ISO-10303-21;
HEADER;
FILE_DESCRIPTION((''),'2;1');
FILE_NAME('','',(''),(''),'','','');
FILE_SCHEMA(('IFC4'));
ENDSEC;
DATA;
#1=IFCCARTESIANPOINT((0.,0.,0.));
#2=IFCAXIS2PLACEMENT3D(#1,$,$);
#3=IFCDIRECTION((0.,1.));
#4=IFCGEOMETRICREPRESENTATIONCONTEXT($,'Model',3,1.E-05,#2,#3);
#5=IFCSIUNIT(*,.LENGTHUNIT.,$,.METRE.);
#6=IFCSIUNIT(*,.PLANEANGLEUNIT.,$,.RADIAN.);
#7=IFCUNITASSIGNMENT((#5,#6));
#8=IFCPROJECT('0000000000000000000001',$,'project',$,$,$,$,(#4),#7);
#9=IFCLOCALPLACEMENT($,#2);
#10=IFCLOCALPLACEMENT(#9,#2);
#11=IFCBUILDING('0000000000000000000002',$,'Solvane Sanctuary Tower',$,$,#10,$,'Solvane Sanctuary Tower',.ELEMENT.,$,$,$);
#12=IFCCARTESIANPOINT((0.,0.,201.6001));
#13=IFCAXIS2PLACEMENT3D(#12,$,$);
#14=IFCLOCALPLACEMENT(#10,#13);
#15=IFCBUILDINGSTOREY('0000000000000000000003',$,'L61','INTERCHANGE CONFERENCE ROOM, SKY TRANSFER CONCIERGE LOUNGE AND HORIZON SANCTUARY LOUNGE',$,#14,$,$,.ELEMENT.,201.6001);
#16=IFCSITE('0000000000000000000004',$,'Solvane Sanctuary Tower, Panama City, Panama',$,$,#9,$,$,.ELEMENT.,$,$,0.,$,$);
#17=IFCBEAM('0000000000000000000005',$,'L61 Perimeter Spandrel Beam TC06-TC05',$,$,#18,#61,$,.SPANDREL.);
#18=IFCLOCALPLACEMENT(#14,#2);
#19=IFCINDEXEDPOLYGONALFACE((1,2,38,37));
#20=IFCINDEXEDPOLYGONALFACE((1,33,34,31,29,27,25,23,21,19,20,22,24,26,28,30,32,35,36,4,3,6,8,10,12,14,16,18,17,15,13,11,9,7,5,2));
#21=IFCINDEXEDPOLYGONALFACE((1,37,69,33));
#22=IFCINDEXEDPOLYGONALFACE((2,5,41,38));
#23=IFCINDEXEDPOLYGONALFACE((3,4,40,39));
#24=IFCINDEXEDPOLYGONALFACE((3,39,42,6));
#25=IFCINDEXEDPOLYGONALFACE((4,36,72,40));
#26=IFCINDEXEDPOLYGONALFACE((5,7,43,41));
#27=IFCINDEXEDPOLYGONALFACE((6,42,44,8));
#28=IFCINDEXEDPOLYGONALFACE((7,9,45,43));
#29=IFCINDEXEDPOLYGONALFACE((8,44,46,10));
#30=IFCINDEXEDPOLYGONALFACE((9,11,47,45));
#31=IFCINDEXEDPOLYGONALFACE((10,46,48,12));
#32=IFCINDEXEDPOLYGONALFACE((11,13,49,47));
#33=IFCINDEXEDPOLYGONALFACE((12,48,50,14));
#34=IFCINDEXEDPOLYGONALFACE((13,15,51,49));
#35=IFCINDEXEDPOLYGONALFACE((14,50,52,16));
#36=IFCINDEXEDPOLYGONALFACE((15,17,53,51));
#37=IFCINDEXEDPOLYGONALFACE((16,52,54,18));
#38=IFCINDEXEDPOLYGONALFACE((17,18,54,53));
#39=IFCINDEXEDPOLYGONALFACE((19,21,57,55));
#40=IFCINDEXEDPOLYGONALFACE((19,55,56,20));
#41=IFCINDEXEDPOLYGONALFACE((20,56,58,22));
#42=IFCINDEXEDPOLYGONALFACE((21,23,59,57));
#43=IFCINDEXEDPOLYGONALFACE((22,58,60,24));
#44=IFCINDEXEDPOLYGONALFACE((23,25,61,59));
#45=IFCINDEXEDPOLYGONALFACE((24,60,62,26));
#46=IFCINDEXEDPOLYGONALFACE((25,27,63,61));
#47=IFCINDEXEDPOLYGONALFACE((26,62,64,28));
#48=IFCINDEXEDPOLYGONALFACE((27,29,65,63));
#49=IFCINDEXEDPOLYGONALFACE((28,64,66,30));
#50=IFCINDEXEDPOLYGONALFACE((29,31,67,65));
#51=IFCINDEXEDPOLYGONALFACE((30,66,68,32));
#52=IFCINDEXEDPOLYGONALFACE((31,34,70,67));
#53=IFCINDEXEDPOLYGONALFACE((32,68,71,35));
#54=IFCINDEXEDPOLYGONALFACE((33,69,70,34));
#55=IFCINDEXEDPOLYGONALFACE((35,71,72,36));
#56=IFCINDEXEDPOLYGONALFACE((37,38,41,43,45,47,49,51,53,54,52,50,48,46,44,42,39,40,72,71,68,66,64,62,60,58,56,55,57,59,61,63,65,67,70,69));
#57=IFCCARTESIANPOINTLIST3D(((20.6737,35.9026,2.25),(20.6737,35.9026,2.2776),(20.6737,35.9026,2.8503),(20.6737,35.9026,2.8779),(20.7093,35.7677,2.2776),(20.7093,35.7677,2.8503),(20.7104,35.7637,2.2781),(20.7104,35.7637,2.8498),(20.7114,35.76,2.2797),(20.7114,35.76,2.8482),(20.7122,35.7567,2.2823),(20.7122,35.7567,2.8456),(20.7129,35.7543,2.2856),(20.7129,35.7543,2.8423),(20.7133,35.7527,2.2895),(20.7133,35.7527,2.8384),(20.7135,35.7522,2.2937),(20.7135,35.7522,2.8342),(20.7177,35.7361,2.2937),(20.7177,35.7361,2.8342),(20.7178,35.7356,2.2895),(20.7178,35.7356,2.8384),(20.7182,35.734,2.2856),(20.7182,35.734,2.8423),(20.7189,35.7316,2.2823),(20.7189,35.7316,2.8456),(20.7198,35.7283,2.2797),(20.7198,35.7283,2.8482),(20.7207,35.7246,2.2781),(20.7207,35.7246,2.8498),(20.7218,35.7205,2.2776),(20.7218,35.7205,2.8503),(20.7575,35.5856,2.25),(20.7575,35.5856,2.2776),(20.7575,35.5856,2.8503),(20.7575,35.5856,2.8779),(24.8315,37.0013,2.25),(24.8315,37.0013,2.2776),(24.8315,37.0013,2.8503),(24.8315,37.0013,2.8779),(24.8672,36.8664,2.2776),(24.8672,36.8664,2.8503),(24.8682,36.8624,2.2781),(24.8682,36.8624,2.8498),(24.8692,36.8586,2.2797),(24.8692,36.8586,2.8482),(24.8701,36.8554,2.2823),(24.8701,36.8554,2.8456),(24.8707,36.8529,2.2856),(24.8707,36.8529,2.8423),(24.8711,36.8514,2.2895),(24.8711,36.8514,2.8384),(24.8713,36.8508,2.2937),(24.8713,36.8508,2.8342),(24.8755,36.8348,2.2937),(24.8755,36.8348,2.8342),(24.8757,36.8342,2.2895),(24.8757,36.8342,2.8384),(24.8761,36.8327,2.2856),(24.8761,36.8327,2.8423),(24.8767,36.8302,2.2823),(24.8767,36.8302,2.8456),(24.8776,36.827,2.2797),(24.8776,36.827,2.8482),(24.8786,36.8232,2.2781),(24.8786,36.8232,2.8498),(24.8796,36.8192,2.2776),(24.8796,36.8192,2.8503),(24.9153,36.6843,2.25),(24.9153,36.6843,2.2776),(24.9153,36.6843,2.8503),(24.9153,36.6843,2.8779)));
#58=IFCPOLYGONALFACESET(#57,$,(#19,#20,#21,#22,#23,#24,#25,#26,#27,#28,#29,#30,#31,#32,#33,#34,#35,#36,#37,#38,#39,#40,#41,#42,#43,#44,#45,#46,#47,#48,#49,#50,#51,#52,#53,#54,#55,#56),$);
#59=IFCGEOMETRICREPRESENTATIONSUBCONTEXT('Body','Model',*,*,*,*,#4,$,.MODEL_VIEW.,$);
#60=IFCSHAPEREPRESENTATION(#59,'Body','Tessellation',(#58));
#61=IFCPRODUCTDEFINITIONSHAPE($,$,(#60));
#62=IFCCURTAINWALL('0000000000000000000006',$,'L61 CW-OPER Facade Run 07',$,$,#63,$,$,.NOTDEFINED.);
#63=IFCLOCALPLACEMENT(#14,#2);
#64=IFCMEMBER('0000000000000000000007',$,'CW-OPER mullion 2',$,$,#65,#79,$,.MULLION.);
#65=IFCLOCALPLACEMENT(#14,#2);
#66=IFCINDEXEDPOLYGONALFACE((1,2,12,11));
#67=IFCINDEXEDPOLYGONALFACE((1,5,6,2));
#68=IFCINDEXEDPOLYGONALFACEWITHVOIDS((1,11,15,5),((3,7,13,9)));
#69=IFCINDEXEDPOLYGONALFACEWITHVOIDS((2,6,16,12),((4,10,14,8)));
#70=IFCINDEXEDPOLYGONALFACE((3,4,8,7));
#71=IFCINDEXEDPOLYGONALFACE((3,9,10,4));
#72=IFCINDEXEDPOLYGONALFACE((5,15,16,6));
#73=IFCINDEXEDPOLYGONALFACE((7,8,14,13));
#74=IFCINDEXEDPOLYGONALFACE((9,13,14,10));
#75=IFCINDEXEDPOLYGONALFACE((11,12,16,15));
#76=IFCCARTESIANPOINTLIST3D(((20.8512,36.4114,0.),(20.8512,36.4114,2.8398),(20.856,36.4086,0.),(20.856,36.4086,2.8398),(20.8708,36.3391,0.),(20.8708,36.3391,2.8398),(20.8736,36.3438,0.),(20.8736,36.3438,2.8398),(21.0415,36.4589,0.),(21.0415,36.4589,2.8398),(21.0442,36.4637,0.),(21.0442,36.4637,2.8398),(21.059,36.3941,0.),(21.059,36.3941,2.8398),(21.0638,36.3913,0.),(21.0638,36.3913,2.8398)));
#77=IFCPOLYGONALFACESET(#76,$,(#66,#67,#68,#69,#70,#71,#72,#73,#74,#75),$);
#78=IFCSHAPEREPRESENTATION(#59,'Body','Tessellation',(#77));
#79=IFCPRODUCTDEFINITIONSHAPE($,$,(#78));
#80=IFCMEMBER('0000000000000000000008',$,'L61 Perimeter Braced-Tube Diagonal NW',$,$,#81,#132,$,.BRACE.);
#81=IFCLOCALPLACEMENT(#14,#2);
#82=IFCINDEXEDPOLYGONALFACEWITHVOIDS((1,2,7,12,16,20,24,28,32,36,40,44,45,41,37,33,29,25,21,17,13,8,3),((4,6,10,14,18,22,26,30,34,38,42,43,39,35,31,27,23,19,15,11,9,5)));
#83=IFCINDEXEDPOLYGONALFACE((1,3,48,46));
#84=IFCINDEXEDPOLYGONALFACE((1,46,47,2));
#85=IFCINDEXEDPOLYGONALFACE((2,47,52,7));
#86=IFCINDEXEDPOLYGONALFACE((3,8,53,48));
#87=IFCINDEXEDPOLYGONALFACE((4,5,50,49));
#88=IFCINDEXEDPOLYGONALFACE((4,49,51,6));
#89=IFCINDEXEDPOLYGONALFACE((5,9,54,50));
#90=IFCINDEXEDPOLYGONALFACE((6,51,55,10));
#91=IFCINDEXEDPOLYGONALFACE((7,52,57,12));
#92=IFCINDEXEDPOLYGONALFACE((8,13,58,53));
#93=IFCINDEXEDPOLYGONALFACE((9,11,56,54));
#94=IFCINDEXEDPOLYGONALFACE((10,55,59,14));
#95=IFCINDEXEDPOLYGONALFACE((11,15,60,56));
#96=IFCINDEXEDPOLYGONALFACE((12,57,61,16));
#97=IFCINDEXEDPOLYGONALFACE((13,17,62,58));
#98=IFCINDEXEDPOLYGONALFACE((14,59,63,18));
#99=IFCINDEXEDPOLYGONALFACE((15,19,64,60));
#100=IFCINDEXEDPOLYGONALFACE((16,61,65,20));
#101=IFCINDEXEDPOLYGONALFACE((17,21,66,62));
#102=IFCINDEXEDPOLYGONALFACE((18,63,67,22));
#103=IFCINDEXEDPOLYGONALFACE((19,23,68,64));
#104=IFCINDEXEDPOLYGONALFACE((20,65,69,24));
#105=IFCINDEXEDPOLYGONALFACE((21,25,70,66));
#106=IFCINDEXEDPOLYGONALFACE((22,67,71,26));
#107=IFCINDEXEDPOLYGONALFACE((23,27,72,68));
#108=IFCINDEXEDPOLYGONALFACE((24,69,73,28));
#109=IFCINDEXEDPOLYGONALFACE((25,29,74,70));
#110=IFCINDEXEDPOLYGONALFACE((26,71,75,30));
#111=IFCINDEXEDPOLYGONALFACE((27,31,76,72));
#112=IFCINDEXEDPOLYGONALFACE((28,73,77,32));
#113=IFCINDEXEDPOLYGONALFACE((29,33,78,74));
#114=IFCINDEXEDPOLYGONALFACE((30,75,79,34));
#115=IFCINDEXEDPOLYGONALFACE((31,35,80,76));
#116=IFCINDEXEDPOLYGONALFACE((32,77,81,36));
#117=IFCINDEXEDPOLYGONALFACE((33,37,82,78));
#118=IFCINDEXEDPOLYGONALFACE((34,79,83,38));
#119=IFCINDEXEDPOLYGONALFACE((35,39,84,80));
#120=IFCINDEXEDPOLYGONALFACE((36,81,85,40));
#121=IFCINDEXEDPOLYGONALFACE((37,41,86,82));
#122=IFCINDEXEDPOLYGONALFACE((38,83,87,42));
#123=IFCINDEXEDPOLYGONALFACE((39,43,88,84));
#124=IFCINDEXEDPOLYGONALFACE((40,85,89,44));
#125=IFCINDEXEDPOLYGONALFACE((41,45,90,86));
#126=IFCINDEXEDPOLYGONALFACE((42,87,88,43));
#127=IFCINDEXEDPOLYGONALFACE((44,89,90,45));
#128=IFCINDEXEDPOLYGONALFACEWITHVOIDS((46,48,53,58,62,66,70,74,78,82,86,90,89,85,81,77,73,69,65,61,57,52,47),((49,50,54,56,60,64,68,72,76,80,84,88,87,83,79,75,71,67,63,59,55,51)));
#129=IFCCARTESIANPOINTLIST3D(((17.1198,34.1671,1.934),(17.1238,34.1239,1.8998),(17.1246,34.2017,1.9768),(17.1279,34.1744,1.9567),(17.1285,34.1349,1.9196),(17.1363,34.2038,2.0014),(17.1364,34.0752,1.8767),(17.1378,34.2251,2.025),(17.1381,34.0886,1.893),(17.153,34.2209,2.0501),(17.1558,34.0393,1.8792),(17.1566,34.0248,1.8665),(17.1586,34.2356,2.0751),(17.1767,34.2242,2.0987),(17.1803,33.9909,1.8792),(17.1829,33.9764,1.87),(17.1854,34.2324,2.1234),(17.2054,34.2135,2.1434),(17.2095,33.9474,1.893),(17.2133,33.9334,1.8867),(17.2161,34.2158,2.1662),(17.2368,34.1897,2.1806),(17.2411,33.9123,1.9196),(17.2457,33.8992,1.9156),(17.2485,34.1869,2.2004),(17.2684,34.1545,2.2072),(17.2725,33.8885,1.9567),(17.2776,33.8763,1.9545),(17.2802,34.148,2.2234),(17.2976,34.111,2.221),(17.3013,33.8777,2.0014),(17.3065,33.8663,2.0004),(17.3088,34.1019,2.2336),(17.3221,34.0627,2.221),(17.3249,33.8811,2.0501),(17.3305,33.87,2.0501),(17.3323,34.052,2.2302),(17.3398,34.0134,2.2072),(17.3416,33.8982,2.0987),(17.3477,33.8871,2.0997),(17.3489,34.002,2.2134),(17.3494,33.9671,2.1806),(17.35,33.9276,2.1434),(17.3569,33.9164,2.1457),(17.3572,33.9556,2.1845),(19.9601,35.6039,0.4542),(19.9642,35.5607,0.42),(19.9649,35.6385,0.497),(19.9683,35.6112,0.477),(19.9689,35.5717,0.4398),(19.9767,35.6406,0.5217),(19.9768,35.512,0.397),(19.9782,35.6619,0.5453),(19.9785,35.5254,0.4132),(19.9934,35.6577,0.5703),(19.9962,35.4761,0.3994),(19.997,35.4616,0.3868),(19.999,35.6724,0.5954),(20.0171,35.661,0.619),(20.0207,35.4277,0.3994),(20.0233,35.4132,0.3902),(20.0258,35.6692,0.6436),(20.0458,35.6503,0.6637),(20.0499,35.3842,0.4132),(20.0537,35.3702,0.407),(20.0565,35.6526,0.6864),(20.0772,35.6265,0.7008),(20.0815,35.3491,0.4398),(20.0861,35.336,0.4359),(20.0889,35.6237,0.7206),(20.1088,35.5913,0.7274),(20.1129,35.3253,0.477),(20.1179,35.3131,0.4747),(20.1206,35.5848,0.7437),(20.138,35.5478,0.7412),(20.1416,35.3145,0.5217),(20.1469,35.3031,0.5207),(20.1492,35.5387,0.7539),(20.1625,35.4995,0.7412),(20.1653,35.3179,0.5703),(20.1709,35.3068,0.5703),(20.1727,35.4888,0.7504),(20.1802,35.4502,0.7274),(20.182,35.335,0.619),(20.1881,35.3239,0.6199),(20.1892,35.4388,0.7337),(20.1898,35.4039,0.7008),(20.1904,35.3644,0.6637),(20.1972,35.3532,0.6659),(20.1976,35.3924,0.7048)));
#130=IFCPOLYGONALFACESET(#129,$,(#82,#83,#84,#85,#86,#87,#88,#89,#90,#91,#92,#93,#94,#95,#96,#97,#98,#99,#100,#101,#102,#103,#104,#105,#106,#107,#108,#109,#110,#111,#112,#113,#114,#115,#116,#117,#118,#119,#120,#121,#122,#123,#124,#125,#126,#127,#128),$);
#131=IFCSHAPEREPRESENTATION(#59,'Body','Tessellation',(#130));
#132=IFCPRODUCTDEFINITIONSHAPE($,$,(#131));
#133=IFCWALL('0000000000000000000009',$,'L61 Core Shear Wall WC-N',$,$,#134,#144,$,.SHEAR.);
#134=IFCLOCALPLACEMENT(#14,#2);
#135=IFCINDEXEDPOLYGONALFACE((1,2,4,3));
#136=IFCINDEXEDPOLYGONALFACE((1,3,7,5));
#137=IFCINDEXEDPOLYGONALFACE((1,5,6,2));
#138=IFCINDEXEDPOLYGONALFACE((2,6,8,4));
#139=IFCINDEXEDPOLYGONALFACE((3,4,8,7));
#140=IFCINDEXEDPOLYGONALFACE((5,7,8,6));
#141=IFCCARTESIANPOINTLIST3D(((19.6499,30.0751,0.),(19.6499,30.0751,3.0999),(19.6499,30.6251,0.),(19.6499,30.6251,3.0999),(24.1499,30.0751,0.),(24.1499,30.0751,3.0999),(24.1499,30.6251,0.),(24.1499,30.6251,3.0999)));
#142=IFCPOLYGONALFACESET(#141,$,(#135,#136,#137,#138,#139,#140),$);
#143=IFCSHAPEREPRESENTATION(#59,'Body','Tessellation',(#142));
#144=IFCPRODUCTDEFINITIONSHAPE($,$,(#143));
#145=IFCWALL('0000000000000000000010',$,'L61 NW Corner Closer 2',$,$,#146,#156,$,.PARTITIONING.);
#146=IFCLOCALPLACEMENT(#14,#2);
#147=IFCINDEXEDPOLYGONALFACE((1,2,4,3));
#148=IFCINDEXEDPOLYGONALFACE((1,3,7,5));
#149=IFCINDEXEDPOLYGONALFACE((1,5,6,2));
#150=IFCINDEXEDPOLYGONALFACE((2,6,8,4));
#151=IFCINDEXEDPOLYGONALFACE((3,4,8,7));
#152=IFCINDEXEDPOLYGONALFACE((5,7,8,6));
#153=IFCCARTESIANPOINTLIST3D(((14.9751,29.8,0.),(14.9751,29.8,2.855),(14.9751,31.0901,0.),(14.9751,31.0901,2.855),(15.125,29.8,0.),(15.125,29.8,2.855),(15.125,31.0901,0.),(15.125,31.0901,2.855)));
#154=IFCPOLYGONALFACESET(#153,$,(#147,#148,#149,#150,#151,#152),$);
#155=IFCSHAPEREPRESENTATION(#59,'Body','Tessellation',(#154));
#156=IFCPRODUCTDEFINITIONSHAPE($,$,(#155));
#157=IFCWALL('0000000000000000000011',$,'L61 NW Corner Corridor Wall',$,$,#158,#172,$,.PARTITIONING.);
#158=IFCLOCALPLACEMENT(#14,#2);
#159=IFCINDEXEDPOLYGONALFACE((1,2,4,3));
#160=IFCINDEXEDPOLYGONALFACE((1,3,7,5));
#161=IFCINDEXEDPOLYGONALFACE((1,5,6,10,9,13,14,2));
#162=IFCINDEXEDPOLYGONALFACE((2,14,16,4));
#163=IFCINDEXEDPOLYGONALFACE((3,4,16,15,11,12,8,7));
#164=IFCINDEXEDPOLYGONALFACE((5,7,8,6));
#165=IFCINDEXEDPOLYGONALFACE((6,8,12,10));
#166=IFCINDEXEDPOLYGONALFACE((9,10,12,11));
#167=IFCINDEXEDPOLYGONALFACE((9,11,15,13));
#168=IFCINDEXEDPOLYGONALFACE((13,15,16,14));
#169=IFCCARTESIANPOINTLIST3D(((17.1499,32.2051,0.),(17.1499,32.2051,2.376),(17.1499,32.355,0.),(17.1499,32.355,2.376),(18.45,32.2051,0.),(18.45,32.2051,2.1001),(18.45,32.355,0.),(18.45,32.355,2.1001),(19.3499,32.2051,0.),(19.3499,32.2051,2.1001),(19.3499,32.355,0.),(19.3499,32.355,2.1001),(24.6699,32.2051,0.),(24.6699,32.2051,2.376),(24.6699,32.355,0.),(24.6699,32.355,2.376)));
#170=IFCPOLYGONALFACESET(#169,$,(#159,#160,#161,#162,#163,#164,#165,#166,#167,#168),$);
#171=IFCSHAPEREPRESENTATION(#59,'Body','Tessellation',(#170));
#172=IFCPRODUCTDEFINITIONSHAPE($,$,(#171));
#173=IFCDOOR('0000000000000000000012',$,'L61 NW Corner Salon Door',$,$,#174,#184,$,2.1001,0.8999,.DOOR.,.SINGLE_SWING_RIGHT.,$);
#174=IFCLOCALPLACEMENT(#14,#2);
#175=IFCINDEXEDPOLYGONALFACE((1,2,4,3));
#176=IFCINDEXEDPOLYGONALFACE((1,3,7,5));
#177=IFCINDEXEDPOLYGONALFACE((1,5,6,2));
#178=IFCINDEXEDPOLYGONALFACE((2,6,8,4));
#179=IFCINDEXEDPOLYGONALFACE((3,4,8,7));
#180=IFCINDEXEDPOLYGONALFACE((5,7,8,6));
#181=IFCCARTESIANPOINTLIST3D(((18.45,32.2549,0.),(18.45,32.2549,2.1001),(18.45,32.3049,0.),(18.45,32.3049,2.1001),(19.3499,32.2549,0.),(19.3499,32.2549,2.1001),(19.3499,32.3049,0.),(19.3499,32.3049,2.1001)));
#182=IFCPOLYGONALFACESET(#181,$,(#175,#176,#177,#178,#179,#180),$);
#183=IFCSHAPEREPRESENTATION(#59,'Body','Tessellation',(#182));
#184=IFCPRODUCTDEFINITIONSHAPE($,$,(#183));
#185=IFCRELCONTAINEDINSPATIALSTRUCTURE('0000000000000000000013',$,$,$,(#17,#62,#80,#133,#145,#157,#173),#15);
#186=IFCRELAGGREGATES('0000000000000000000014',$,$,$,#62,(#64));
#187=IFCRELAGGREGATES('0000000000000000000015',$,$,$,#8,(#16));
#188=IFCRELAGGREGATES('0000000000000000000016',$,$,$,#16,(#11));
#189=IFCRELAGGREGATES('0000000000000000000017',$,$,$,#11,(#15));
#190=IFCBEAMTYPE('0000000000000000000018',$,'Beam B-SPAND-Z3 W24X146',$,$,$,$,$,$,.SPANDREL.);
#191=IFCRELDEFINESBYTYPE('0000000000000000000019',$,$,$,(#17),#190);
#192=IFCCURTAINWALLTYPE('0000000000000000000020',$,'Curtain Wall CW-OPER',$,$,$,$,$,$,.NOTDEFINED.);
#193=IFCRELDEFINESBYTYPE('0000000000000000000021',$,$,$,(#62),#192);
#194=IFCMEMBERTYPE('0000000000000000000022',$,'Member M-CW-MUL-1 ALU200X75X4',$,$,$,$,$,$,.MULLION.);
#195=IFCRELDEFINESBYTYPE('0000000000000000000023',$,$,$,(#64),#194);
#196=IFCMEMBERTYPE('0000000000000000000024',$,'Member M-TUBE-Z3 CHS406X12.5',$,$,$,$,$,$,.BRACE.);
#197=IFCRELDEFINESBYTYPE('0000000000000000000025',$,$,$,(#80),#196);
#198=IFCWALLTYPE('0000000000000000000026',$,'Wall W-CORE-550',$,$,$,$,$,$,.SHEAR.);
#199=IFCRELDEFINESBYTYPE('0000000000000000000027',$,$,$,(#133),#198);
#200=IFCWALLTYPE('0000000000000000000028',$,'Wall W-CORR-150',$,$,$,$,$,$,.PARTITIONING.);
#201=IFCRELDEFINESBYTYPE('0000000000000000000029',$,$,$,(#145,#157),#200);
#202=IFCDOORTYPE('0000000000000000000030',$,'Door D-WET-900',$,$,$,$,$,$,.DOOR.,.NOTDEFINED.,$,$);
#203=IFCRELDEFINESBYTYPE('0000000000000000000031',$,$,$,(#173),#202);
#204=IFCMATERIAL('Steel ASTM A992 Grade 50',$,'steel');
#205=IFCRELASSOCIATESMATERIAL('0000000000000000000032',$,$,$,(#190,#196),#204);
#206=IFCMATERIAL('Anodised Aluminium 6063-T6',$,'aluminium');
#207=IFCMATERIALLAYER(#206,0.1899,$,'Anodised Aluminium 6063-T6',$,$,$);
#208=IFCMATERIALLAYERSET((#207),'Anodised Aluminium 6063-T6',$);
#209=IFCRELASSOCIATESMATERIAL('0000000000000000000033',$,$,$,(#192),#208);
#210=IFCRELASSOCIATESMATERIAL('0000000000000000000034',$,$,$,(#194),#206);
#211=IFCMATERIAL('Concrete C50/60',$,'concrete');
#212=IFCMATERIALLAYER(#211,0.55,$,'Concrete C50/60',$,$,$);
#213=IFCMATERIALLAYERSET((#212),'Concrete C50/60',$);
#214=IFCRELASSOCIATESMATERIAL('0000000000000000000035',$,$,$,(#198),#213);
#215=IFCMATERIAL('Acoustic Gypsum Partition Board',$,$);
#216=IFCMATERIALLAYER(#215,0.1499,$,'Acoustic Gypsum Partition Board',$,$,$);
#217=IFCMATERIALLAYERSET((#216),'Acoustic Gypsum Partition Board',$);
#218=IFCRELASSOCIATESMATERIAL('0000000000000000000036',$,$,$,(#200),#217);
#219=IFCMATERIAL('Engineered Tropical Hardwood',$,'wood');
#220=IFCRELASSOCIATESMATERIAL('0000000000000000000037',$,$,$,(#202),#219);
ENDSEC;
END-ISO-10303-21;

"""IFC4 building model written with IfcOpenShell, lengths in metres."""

from ifc_helpers import new_model, si_unit, direction, frame, frame_2d, origin, origin_2d, place, context, subcontext, project, spatial, rectangle, hollow_rectangle, hollow_circle, i_section, extrude, material, layer, layer_set, material_profile, profile_set, type_object, element, fill, aggregate, save


model = new_model("IFC4")

# Units and contexts
model_context = context("Model", 3, precision=1e-05, world=origin(), true_north=direction((0.0, 1.0)))
body_context = subcontext(model_context, "Body", "Model", "MODEL_VIEW")
ifc_project = project(units=[si_unit("LENGTHUNIT", "METRE"), si_unit("PLANEANGLEUNIT", "RADIAN")], contexts=[model_context])

# Site, building, storey
site_placement = place(None, origin())
site = spatial("IfcSite", under=ifc_project, at=site_placement, Name="Solvane Sanctuary Tower, Panama City, Panama", CompositionType="ELEMENT", RefElevation=0.0)
building_placement = place(site_placement, origin())
building = spatial("IfcBuilding", under=site, at=building_placement, Name="Solvane Sanctuary Tower", LongName="Solvane Sanctuary Tower", CompositionType="ELEMENT")
storey_placement = place(building_placement, frame((0.0, 0.0, 201.6001)))
storey = spatial("IfcBuildingStorey", under=building, at=storey_placement, Name="L61", Description="INTERCHANGE CONFERENCE ROOM, SKY TRANSFER CONCIERGE LOUNGE AND HORIZON SANCTUARY LOUNGE", CompositionType="ELEMENT", Elevation=201.6001)

# Shared definitions
ifc_material_1 = material(Name="Concrete C50/60", Category="concrete")

# Beam
ifc_material_2 = material(Name="Steel ASTM A992 Grade 50", Category="steel")
ifc_material_profile_1 = material_profile(ifc_material_2, i_section(OverallWidth=0.3279, OverallDepth=0.6279, WebThickness=0.0166, FlangeThickness=0.0276, FilletRadius=0.0161, at=origin_2d()), Name="W24X146")
ifc_profile_set_1 = profile_set([ifc_material_profile_1], Name="Steel ASTM A992 Grade 50")
beam_type_1 = type_object("IfcBeamType", Name="Beam B-SPAND-Z3 W24X146", PredefinedType="SPANDREL", material=ifc_profile_set_1)
beam_1_placement = place(storey_placement, frame((20.7156, 35.7441, 2.564), z_axis=(0.966817, 0.255471, 0.0), x_axis=(-0.255471, 0.966817, 0.0)))
element("IfcBeam", 1, at=beam_1_placement, inside=storey, type_object=beam_type_1, Name="L61 Perimeter Spandrel Beam TC06-TC05", PredefinedType="SPANDREL", context=body_context, shape_type="SweptSolid", body=[
    extrude(i_section(OverallWidth=0.3279, OverallDepth=0.6279, WebThickness=0.0166, FlangeThickness=0.0276, FilletRadius=0.0161, at=origin_2d()), origin(), (0.0, 0.0, 1.0), 4.3005),
])

# Curtain wall, member
ifc_material_3 = material(Name="Anodised Aluminium 6063-T6", Category="aluminium")
ifc_layer_1 = layer(ifc_material_3, 0.1899, Name="Anodised Aluminium 6063-T6")
ifc_layer_set_1 = layer_set([ifc_layer_1], Name="Anodised Aluminium 6063-T6")
curtain_wall_type = type_object("IfcCurtainWallType", Name="Curtain Wall CW-OPER", PredefinedType="NOTDEFINED", material=ifc_layer_set_1)
curtain_wall_placement = place(storey_placement, origin())
curtain_wall = element("IfcCurtainWall", 2, at=curtain_wall_placement, inside=storey, type_object=curtain_wall_type, Name="L61 CW-OPER Facade Run 07", PredefinedType="NOTDEFINED")
ifc_material_profile_2 = material_profile(ifc_material_3, hollow_rectangle(XDim=0.075, YDim=0.2, WallThickness=0.0039, at=origin_2d()), Name="ALU200X75X4")
ifc_profile_set_2 = profile_set([ifc_material_profile_2], Name="Anodised Aluminium 6063-T6")
member_type_1 = type_object("IfcMemberType", Name="Member M-CW-MUL-1 ALU200X75X4", PredefinedType="MULLION", material=ifc_profile_set_2)
member_1_placement = place(storey_placement, frame((20.9575, 36.4014, 0.0), z_axis=(0.0, 0.0, 1.0), x_axis=(0.261468, -0.965212, 0.0)))
member_1 = element("IfcMember", 3, at=member_1_placement, type_object=member_type_1, Name="CW-OPER mullion 2", PredefinedType="MULLION", context=body_context, shape_type="SweptSolid", body=[
    extrude(hollow_rectangle(XDim=0.075, YDim=0.2, WallThickness=0.0039, at=origin_2d()), origin(), (0.0, 0.0, 1.0), 2.8398),
])
aggregate(curtain_wall, [member_1])

# Member
ifc_material_profile_3 = material_profile(ifc_material_2, hollow_circle(Radius=0.2029, WallThickness=0.0125, at=origin_2d()), Name="CHS406X12.5")
ifc_profile_set_3 = profile_set([ifc_material_profile_3], Name="Steel ASTM A992 Grade 50")
member_type_2 = type_object("IfcMemberType", Name="Member M-TUBE-Z3 CHS406X12.5", PredefinedType="BRACE", material=ifc_profile_set_3)
member_2_placement = place(storey_placement, frame((20.0793, 35.4878, 0.5703), z_axis=(-0.809168, -0.409314, 0.421555), x_axis=(0.451381, -0.892331, 0.0)))
element("IfcMember", 4, at=member_2_placement, inside=storey, type_object=member_type_2, Name="L61 Perimeter Braced-Tube Diagonal NW", PredefinedType="BRACE", context=body_context, shape_type="SweptSolid", body=[
    extrude(hollow_circle(Radius=0.2029, WallThickness=0.0125, at=origin_2d()), origin(), (0.0, 0.0, 1.0), 3.5103),
])

# Walls
ifc_layer_2 = layer(ifc_material_1, 0.55, Name="Concrete C50/60")
ifc_layer_set_2 = layer_set([ifc_layer_2], Name="Concrete C50/60")
wall_type_1 = type_object("IfcWallType", Name="Wall W-CORE-550", PredefinedType="SHEAR", material=ifc_layer_set_2)
wall_1_placement = place(storey_placement, frame((19.6499, 30.3501, 0.0), z_axis=(0.0, 0.0, 1.0), x_axis=(1.0, 0.0, 0.0)))
element("IfcWall", 5, at=wall_1_placement, inside=storey, type_object=wall_type_1, Name="L61 Core Shear Wall WC-N", PredefinedType="SHEAR", context=body_context, shape_type="SweptSolid", body=[
    extrude(rectangle(XDim=4.5, YDim=0.55, at=frame_2d((2.25, 0.0))), origin(), (0.0, 0.0, 1.0), 3.0999),
])
ifc_material_4 = material(Name="Acoustic Gypsum Partition Board")
ifc_layer_3 = layer(ifc_material_4, 0.1499, Name="Acoustic Gypsum Partition Board")
ifc_layer_set_3 = layer_set([ifc_layer_3], Name="Acoustic Gypsum Partition Board")
wall_type_2 = type_object("IfcWallType", Name="Wall W-CORR-150", PredefinedType="PARTITIONING", material=ifc_layer_set_3)
wall_2_placement = place(storey_placement, frame((15.05, 29.8, 0.0), z_axis=(0.0, 0.0, 1.0), x_axis=(0.0, 1.0, 0.0)))
element("IfcWall", 6, at=wall_2_placement, inside=storey, type_object=wall_type_2, Name="L61 NW Corner Closer 2", PredefinedType="PARTITIONING", context=body_context, shape_type="SweptSolid", body=[
    extrude(rectangle(XDim=1.29, YDim=0.1499, at=frame_2d((0.645, 0.0))), origin(), (0.0, 0.0, 1.0), 2.855),
])

# Wall, opening, door
wall_3_placement = place(storey_placement, frame((17.1499, 32.28, 0.0), z_axis=(0.0, 0.0, 1.0), x_axis=(1.0, 0.0, 0.0)))
wall_3 = element("IfcWall", 7, at=wall_3_placement, inside=storey, type_object=wall_type_2, Name="L61 NW Corner Corridor Wall", PredefinedType="PARTITIONING", context=body_context, shape_type="SweptSolid", body=[
    extrude(rectangle(XDim=7.52, YDim=0.1499, at=frame_2d((3.76, 0.0))), origin(), (0.0, 0.0, 1.0), 2.376),
])
opening_1_placement = place(wall_3_placement, frame((1.3, 0.0, 0.0)))
opening_1 = element("IfcOpeningElement", 8, at=opening_1_placement, cuts=wall_3, PredefinedType="OPENING", context=body_context, shape_type="SweptSolid", body=[
    extrude(rectangle(XDim=0.8999, YDim=2.1001, at=frame_2d((0.45, 1.05))), frame((0.0, 0.085, 0.0), z_axis=(0.0, -1.0, 0.0), x_axis=(1.0, 0.0, 0.0)), (0.0, 0.0, 1.0), 0.1699),
])
ifc_material_5 = material(Name="Engineered Tropical Hardwood", Category="wood")
door_type_1 = type_object("IfcDoorType", Name="Door D-WET-900", OperationType="NOTDEFINED", PredefinedType="DOOR", material=ifc_material_5)
door_1_placement = place(opening_1_placement, origin())
door_1 = element("IfcDoor", 9, at=door_1_placement, inside=storey, type_object=door_type_1, Name="L61 NW Corner Salon Door", OperationType="SINGLE_SWING_RIGHT", OverallHeight=2.1001, OverallWidth=0.8999, PredefinedType="DOOR", context=body_context, shape_type="SweptSolid", body=[
    extrude(rectangle(XDim=0.8999, YDim=2.1001, at=frame_2d((0.45, 1.05))), frame((0.0, 0.0249, 0.0), z_axis=(0.0, -1.0, 0.0), x_axis=(1.0, 0.0, 0.0)), (0.0, 0.0, 1.0), 0.05),
])
fill(opening_1, door_1)

save(model, "model.ifc")
